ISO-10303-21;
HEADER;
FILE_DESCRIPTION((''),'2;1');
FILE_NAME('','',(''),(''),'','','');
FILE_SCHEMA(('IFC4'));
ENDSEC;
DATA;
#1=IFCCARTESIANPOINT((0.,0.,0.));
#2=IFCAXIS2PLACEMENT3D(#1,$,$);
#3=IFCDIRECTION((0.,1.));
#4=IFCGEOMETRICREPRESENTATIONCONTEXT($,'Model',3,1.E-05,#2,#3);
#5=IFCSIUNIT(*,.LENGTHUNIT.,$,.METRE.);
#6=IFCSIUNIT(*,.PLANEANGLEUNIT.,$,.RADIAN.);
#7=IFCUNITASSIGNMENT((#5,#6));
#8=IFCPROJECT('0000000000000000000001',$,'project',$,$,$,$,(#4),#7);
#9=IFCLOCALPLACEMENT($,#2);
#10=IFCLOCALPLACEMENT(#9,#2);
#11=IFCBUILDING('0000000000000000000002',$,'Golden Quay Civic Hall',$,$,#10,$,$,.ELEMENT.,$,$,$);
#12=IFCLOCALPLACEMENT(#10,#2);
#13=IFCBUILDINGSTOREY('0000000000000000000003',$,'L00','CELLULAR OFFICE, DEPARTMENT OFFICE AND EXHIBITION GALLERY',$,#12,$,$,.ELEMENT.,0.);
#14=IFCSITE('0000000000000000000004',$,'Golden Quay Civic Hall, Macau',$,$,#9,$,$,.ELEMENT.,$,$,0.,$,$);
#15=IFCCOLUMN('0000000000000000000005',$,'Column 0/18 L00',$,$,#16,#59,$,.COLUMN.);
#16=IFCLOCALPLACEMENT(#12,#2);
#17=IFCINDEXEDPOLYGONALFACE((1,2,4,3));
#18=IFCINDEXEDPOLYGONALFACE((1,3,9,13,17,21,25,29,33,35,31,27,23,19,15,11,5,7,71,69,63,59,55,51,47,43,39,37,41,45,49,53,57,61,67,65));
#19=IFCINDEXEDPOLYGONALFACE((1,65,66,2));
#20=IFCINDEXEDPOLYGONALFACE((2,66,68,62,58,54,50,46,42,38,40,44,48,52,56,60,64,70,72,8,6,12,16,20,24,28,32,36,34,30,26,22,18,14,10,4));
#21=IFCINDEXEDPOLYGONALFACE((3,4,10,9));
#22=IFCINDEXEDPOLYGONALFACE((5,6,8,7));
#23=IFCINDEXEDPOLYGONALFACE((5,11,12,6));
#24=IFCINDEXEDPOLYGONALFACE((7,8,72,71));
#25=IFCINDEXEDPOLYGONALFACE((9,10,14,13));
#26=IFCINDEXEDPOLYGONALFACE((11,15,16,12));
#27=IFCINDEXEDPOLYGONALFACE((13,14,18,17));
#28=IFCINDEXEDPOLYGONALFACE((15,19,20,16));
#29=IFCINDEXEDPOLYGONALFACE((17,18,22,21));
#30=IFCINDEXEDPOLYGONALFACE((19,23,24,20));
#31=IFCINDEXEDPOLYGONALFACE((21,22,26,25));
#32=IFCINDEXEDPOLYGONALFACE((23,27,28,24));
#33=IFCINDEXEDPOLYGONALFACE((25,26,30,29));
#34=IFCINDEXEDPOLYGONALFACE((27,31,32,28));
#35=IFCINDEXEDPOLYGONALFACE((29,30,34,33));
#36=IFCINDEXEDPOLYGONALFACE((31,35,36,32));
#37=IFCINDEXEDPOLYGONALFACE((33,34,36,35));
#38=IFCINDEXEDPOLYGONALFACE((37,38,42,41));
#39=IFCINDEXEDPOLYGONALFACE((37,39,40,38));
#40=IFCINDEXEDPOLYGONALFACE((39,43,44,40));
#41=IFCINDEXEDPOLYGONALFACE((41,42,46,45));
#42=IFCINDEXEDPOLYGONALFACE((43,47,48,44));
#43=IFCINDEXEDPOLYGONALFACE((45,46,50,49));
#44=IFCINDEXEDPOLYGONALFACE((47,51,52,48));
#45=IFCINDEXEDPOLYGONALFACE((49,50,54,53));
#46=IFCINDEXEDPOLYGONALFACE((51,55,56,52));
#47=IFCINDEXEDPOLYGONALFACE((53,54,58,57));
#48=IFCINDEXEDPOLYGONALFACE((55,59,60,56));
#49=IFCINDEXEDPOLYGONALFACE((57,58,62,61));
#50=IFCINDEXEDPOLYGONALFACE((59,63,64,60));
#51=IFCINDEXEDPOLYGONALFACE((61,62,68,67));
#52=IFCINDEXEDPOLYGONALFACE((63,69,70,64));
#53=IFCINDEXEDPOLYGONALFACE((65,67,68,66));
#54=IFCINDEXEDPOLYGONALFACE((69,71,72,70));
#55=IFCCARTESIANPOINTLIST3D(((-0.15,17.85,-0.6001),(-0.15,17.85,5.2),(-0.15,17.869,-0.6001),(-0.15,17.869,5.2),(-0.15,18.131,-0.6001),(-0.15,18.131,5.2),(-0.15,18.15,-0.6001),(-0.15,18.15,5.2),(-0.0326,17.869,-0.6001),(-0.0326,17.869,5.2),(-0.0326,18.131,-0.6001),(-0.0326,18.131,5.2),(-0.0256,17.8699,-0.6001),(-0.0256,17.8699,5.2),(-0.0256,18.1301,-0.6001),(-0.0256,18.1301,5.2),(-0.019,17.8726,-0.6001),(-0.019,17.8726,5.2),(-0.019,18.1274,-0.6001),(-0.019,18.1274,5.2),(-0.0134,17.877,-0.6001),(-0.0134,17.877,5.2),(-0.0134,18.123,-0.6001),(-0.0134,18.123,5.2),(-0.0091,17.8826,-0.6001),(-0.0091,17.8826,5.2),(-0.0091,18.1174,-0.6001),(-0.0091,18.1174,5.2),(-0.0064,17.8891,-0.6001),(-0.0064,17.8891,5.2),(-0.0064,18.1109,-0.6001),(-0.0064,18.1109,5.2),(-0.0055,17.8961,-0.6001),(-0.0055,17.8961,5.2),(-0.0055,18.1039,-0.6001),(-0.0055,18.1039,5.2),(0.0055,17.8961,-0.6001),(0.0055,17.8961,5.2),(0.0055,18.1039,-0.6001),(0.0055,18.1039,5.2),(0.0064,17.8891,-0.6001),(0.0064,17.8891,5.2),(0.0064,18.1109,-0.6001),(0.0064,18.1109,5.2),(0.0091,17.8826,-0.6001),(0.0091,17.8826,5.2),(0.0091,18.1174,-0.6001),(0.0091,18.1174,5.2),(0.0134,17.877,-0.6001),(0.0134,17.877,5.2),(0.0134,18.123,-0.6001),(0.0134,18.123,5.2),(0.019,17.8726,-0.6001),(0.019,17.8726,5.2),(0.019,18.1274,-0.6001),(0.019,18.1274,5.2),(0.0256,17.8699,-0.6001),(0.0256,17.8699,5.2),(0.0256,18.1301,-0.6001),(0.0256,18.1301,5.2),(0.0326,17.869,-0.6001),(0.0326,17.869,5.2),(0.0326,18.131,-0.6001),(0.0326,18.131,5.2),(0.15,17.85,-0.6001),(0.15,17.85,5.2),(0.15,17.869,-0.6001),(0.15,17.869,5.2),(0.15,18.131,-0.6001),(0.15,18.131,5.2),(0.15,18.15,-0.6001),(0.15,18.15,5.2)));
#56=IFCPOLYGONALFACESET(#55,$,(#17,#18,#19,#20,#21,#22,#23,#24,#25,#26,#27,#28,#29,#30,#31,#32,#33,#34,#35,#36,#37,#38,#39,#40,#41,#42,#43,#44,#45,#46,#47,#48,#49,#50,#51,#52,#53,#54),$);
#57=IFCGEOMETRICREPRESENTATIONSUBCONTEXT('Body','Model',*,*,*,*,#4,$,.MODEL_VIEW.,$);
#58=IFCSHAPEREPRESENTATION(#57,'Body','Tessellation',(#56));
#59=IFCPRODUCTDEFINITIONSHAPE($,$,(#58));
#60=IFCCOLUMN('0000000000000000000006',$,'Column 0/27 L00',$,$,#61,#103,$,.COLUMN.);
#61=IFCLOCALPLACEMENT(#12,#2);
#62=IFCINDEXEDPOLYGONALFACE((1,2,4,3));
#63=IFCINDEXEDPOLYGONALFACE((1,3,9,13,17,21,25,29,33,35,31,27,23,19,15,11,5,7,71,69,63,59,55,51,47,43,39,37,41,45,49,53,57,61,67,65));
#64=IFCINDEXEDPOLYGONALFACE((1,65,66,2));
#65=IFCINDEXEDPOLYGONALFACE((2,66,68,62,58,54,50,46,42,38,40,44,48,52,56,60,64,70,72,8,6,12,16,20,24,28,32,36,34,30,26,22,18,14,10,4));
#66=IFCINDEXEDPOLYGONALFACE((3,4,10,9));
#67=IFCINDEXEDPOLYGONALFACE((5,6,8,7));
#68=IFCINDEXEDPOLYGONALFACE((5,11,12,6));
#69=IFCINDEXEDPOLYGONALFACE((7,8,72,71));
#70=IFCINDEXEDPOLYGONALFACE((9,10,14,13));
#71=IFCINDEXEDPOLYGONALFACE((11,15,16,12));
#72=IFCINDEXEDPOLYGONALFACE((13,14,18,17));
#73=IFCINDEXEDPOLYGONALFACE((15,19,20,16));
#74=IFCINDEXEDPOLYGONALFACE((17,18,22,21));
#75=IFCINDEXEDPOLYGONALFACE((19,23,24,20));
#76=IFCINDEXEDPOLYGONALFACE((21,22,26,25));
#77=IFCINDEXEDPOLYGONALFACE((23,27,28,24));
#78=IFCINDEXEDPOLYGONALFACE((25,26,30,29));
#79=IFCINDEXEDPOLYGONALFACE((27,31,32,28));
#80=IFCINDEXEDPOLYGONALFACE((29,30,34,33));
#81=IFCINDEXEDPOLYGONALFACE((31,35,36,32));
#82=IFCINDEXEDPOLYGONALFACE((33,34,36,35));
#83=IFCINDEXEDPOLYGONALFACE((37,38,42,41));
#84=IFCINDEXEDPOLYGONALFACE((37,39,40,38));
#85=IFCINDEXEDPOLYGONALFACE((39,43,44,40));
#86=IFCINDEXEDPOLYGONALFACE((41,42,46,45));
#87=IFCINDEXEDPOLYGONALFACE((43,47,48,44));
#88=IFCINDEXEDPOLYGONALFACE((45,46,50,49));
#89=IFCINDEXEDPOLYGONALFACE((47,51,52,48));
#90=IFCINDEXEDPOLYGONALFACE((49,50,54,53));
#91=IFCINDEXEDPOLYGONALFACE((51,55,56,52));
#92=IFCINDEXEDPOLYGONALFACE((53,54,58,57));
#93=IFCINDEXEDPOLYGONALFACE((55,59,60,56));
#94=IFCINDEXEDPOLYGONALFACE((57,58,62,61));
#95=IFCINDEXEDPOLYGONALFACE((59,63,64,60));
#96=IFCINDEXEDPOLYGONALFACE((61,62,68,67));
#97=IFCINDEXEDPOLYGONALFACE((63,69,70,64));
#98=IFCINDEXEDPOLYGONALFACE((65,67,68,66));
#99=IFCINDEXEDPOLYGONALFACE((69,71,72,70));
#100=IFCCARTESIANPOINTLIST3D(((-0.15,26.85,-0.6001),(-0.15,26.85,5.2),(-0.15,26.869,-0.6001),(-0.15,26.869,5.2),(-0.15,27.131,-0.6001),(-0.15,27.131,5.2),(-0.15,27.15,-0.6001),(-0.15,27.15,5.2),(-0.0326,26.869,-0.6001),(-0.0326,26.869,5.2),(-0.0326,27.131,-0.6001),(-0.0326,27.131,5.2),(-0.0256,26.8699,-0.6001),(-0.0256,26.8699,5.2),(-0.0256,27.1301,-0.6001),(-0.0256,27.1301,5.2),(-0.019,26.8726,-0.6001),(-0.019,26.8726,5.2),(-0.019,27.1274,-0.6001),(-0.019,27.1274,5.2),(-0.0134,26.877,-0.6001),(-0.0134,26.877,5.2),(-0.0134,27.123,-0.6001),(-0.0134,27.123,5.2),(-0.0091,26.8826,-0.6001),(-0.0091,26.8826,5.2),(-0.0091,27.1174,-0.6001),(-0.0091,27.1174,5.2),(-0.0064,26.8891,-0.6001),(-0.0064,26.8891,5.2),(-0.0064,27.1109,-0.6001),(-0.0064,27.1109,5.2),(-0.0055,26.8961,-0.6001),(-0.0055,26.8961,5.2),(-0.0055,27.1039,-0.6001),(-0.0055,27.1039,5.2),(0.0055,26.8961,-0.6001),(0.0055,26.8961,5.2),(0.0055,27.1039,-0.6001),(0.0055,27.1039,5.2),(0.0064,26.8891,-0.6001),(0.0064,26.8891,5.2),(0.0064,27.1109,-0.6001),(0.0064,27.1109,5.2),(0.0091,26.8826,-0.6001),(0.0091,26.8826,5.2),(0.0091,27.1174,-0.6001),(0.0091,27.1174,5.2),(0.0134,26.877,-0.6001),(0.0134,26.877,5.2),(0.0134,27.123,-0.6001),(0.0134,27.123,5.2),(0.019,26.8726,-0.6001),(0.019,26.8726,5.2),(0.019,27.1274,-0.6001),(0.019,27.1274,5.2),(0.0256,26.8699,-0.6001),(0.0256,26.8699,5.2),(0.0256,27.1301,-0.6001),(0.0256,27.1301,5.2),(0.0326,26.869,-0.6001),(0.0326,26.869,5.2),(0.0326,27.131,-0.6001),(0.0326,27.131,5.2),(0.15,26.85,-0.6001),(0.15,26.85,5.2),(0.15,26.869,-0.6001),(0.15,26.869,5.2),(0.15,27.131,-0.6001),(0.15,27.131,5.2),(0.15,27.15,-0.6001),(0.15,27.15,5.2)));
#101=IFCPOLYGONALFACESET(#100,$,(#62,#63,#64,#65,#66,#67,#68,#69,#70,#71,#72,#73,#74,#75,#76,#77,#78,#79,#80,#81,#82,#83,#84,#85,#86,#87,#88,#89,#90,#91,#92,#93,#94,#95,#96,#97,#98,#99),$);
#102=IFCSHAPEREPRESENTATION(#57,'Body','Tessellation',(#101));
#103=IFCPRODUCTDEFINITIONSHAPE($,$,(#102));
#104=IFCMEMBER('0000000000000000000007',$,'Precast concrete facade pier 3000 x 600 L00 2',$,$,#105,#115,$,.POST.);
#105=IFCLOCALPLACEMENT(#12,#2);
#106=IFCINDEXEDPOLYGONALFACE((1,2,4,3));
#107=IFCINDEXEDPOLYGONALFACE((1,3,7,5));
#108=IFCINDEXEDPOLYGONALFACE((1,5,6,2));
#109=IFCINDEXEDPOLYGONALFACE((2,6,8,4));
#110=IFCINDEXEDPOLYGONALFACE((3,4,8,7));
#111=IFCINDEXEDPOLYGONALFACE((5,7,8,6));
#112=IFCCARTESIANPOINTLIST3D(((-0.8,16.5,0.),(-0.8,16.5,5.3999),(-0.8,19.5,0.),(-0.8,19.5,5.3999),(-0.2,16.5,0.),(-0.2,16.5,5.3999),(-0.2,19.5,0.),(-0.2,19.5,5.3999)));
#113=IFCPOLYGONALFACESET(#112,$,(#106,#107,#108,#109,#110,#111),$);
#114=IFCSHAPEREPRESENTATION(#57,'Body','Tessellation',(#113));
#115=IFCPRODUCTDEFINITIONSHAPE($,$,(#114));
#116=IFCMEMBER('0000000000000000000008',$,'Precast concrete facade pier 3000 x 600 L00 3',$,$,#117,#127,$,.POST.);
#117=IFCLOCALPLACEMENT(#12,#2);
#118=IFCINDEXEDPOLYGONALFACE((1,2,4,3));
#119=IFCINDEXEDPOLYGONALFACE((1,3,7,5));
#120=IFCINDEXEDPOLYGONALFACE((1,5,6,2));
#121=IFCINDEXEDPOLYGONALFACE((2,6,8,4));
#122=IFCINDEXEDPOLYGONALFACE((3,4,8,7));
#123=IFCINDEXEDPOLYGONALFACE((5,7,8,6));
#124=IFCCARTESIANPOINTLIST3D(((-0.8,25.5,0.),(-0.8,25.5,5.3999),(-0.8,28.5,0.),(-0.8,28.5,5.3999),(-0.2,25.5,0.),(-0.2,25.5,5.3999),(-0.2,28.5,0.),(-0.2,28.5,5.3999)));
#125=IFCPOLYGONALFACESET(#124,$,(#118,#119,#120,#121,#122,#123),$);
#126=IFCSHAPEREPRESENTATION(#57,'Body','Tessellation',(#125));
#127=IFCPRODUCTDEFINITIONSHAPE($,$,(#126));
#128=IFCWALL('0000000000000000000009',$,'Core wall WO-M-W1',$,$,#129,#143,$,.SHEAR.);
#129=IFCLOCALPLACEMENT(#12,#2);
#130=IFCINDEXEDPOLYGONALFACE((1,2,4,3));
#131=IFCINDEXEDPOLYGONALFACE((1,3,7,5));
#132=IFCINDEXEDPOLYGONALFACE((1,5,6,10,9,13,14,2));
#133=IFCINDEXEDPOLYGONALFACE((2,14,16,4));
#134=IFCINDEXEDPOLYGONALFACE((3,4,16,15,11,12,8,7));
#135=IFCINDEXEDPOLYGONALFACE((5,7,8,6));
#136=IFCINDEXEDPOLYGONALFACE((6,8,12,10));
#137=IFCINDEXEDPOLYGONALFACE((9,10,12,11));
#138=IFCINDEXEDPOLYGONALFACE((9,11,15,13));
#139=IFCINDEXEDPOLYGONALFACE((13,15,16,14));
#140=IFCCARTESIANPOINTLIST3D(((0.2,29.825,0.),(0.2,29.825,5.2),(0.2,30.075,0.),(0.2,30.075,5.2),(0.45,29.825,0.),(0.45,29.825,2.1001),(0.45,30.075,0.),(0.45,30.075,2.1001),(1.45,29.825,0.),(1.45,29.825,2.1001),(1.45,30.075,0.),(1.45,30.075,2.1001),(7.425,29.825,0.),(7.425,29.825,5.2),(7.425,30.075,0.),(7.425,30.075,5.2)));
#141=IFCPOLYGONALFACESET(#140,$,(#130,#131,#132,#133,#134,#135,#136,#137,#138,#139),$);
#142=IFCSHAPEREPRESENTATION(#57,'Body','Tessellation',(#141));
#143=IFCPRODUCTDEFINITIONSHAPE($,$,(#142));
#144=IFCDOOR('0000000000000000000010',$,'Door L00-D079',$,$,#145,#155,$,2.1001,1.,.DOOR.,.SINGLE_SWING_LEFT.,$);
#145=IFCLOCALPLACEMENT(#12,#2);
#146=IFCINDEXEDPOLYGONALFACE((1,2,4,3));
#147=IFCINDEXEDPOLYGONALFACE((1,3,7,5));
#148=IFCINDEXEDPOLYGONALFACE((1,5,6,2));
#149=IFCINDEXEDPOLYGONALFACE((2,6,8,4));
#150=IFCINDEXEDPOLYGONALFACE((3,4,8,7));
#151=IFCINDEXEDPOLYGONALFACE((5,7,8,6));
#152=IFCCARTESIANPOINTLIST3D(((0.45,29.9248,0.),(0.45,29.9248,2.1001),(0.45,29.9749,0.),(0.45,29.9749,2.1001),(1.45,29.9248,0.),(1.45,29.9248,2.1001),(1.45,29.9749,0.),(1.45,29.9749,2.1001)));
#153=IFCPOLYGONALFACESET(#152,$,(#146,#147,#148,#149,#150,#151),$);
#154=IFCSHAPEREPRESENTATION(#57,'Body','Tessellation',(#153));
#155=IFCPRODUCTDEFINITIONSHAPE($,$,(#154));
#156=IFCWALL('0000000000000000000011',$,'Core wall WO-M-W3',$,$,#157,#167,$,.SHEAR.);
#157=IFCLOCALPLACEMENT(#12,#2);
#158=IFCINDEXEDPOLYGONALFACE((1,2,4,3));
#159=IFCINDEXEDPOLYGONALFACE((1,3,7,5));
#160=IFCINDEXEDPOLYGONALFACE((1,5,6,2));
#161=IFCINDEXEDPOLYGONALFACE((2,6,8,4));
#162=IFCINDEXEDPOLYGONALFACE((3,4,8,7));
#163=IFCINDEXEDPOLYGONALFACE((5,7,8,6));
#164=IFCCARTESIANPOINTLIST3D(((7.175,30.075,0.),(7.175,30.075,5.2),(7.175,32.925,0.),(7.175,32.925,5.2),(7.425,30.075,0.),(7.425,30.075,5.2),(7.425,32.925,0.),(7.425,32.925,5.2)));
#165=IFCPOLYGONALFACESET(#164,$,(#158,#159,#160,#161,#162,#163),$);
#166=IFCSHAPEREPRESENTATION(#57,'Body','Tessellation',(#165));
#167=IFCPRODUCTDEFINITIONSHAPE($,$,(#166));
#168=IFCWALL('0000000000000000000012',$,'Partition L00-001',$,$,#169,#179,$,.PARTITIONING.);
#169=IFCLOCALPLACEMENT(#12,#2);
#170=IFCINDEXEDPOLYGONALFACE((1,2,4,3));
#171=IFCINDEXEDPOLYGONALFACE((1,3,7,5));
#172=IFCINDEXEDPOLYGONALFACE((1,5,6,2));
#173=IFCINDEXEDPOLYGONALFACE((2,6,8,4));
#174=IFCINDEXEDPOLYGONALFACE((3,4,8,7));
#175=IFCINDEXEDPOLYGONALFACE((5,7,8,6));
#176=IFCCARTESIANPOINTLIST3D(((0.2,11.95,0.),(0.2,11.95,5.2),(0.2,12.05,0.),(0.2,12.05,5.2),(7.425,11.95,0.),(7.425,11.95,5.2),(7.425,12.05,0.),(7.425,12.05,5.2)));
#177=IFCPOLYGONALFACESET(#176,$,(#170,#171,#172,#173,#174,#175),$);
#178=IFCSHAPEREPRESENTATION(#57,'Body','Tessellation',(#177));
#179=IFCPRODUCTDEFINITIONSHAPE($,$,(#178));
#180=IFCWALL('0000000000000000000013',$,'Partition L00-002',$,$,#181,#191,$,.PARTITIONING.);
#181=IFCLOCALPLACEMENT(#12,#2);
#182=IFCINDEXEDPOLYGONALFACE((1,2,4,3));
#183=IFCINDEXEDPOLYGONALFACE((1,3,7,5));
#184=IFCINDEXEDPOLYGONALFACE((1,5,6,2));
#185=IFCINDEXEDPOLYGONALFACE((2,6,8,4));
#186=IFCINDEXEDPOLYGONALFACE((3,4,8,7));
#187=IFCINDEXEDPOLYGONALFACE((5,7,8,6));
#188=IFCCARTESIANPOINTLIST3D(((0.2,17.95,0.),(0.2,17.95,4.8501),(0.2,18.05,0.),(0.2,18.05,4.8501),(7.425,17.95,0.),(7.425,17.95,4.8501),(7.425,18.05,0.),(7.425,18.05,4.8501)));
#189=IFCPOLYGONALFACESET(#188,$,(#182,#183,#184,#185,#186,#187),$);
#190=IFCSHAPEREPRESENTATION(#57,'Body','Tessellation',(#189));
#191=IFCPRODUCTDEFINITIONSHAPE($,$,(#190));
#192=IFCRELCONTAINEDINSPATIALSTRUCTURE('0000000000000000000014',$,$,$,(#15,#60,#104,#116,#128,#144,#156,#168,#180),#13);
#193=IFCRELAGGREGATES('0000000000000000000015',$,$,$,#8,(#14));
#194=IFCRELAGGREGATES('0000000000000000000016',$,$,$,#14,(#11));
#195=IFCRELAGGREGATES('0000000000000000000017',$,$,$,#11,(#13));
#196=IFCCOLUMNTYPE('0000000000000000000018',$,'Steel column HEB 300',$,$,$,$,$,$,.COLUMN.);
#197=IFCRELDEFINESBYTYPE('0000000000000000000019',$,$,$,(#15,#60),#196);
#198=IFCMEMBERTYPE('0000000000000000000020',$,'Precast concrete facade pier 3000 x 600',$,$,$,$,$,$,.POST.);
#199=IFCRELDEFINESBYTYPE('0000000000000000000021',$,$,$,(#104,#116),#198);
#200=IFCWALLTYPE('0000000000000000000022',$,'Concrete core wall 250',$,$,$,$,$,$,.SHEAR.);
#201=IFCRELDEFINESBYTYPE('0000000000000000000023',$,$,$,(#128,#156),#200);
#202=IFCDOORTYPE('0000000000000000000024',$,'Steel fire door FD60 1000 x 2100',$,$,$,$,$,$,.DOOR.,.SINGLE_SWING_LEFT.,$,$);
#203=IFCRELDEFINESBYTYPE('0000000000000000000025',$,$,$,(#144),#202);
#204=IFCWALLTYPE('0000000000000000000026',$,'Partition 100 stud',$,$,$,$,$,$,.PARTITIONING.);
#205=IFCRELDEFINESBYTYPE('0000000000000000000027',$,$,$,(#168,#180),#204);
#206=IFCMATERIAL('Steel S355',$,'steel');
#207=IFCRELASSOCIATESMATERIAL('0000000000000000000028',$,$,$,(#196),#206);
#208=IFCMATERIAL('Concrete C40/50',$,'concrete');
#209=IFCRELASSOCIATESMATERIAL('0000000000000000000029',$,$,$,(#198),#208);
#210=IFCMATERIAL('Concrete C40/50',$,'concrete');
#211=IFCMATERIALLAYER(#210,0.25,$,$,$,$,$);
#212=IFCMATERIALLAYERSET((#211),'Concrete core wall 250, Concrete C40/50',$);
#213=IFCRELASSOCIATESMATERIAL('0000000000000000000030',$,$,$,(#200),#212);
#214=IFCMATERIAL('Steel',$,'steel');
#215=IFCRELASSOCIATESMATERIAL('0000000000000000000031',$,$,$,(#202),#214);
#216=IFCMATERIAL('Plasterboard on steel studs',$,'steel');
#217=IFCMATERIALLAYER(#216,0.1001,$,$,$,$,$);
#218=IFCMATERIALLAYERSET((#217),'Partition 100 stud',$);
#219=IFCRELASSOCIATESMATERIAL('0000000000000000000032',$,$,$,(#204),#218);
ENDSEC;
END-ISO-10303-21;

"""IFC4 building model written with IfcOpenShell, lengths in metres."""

from ifc_helpers import new_model, si_unit, direction, frame, frame_2d, origin, origin_2d, place, context, subcontext, project, spatial, rectangle, i_section, extrude, material, layer, layer_set, material_profile, profile_set, type_object, element, fill, save


model = new_model("IFC4")

# Units and contexts
model_context = context("Model", 3, precision=1e-05, world=origin(), true_north=direction((0.0, 1.0)))
body_context = subcontext(model_context, "Body", "Model", "MODEL_VIEW")
ifc_project = project(units=[si_unit("LENGTHUNIT", "METRE"), si_unit("PLANEANGLEUNIT", "RADIAN")], contexts=[model_context])

# Site, building, storey
site_placement = place(None, origin())
site = spatial("IfcSite", under=ifc_project, at=site_placement, Name="Golden Quay Civic Hall, Macau", CompositionType="ELEMENT", RefElevation=0.0)
building_placement = place(site_placement, origin())
building = spatial("IfcBuilding", under=site, at=building_placement, Name="Golden Quay Civic Hall", CompositionType="ELEMENT")
storey_placement = place(building_placement, origin())
storey = spatial("IfcBuildingStorey", under=building, at=storey_placement, Name="L00", Description="CELLULAR OFFICE, DEPARTMENT OFFICE AND EXHIBITION GALLERY", CompositionType="ELEMENT", Elevation=0.0)

# Columns
ifc_material_1 = material(Name="Steel S355", Category="steel")
ifc_material_profile_1 = material_profile(ifc_material_1, i_section(OverallWidth=0.3, OverallDepth=0.3, WebThickness=0.011, FlangeThickness=0.019, FilletRadius=0.0271, at=origin_2d()), Name="HEB 300")
ifc_profile_set_1 = profile_set([ifc_material_profile_1], Name="Steel S355")
column_type = type_object("IfcColumnType", Name="Steel column HEB 300", PredefinedType="COLUMN", material=ifc_profile_set_1)
for number, where, z_axis, x_axis, name in (
    (1, (0.0, 18.0, -0.6001), (0.0, 0.0, 1.0), (1.0, 0.0, 0.0), "Column 0/18 L00"),
    (2, (0.0, 27.0, -0.6001), (0.0, 0.0, 1.0), (1.0, 0.0, 0.0), "Column 0/27 L00"),
):
    element("IfcColumn", number, at=place(storey_placement, frame(where, z_axis=z_axis, x_axis=x_axis)), inside=storey, type_object=column_type, Name=name, PredefinedType="COLUMN", context=body_context, shape_type="SweptSolid", body=[
        extrude(i_section(OverallWidth=0.3, OverallDepth=0.3, WebThickness=0.011, FlangeThickness=0.019, FilletRadius=0.0271, at=origin_2d()), origin(), (0.0, 0.0, 1.0), 5.8),
    ])

# Members
ifc_material_2 = material(Name="Concrete C40/50", Category="concrete")
ifc_material_profile_2 = material_profile(ifc_material_2, rectangle(XDim=3.0, YDim=0.6001, at=origin_2d()), Name="RC 3000x600")
ifc_profile_set_2 = profile_set([ifc_material_profile_2], Name="Concrete C40/50")
member_type = type_object("IfcMemberType", Name="Precast concrete facade pier 3000 x 600", PredefinedType="POST", material=ifc_profile_set_2)
for number, where, z_axis, x_axis, name in (
    (3, (-0.5, 18.0, 0.0), (0.0, 0.0, 1.0), (0.0, 1.0, 0.0), "Precast concrete facade pier 3000 x 600 L00 2"),
    (4, (-0.5, 27.0, 0.0), (0.0, 0.0, 1.0), (0.0, 1.0, 0.0), "Precast concrete facade pier 3000 x 600 L00 3"),
):
    element("IfcMember", number, at=place(storey_placement, frame(where, z_axis=z_axis, x_axis=x_axis)), inside=storey, type_object=member_type, Name=name, PredefinedType="POST", context=body_context, shape_type="SweptSolid", body=[
        extrude(rectangle(XDim=3.0, YDim=0.6001, at=origin_2d()), origin(), (0.0, 0.0, 1.0), 5.3999),
    ])

# Wall, opening, door
ifc_material_3 = material(Name="Concrete C40/50", Category="concrete")
ifc_layer_1 = layer(ifc_material_3, 0.25)
ifc_layer_set_1 = layer_set([ifc_layer_1], Name="Concrete core wall 250, Concrete C40/50")
wall_type_1 = type_object("IfcWallType", Name="Concrete core wall 250", PredefinedType="SHEAR", material=ifc_layer_set_1)
wall_1_placement = place(storey_placement, frame((0.2, 29.95, 0.0), z_axis=(0.0, 0.0, 1.0), x_axis=(1.0, 0.0, 0.0)))
wall_1 = element("IfcWall", 5, at=wall_1_placement, inside=storey, type_object=wall_type_1, Name="Core wall WO-M-W1", PredefinedType="SHEAR", context=body_context, shape_type="SweptSolid", body=[
    extrude(rectangle(XDim=7.2251, YDim=0.25, at=frame_2d((3.6125, 0.0))), origin(), (0.0, 0.0, 1.0), 5.2),
])
opening_1_placement = place(wall_1_placement, frame((0.25, 0.0, 0.0)))
opening_1 = element("IfcOpeningElement", 6, at=opening_1_placement, cuts=wall_1, PredefinedType="OPENING", context=body_context, shape_type="SweptSolid", body=[
    extrude(rectangle(XDim=1.0, YDim=2.1001, at=frame_2d((0.5, 1.05))), frame((0.0, 0.135, 0.0), z_axis=(0.0, -1.0, 0.0), x_axis=(1.0, 0.0, 0.0)), (0.0, 0.0, 1.0), 0.27),
])
ifc_material_4 = material(Name="Steel", Category="steel")
door_type_1 = type_object("IfcDoorType", Name="Steel fire door FD60 1000 x 2100", OperationType="SINGLE_SWING_LEFT", PredefinedType="DOOR", material=ifc_material_4)
door_1_placement = place(opening_1_placement, origin())
door_1 = element("IfcDoor", 7, at=door_1_placement, inside=storey, type_object=door_type_1, Name="Door L00-D079", OperationType="SINGLE_SWING_LEFT", OverallHeight=2.1001, OverallWidth=1.0, PredefinedType="DOOR", context=body_context, shape_type="SweptSolid", body=[
    extrude(rectangle(XDim=1.0, YDim=2.1001, at=frame_2d((0.5, 1.05))), frame((0.0, 0.0249, 0.0), z_axis=(0.0, -1.0, 0.0), x_axis=(1.0, 0.0, 0.0)), (0.0, 0.0, 1.0), 0.05),
])
fill(opening_1, door_1)

# Walls
wall_2_placement = place(storey_placement, frame((7.3, 30.075, 0.0), z_axis=(0.0, 0.0, 1.0), x_axis=(0.0, 1.0, 0.0)))
element("IfcWall", 8, at=wall_2_placement, inside=storey, type_object=wall_type_1, Name="Core wall WO-M-W3", PredefinedType="SHEAR", context=body_context, shape_type="SweptSolid", body=[
    extrude(rectangle(XDim=2.8501, YDim=0.25, at=frame_2d((1.425, 0.0))), origin(), (0.0, 0.0, 1.0), 5.2),
])
ifc_material_5 = material(Name="Plasterboard on steel studs", Category="steel")
ifc_layer_2 = layer(ifc_material_5, 0.1001)
ifc_layer_set_2 = layer_set([ifc_layer_2], Name="Partition 100 stud")
wall_type_2 = type_object("IfcWallType", Name="Partition 100 stud", PredefinedType="PARTITIONING", material=ifc_layer_set_2)
wall_3_placement = place(storey_placement, frame((0.2, 12.0, 0.0), z_axis=(0.0, 0.0, 1.0), x_axis=(1.0, 0.0, 0.0)))
element("IfcWall", 9, at=wall_3_placement, inside=storey, type_object=wall_type_2, Name="Partition L00-001", PredefinedType="PARTITIONING", context=body_context, shape_type="SweptSolid", body=[
    extrude(rectangle(XDim=7.2251, YDim=0.1001, at=frame_2d((3.6125, 0.0))), origin(), (0.0, 0.0, 1.0), 5.2),
])
wall_4_placement = place(storey_placement, frame((0.2, 18.0, 0.0), z_axis=(0.0, 0.0, 1.0), x_axis=(1.0, 0.0, 0.0)))
element("IfcWall", 10, at=wall_4_placement, inside=storey, type_object=wall_type_2, Name="Partition L00-002", PredefinedType="PARTITIONING", context=body_context, shape_type="SweptSolid", body=[
    extrude(rectangle(XDim=7.2251, YDim=0.1001, at=frame_2d((3.6125, 0.0))), origin(), (0.0, 0.0, 1.0), 4.8501),
])

save(model, "model.ifc")
